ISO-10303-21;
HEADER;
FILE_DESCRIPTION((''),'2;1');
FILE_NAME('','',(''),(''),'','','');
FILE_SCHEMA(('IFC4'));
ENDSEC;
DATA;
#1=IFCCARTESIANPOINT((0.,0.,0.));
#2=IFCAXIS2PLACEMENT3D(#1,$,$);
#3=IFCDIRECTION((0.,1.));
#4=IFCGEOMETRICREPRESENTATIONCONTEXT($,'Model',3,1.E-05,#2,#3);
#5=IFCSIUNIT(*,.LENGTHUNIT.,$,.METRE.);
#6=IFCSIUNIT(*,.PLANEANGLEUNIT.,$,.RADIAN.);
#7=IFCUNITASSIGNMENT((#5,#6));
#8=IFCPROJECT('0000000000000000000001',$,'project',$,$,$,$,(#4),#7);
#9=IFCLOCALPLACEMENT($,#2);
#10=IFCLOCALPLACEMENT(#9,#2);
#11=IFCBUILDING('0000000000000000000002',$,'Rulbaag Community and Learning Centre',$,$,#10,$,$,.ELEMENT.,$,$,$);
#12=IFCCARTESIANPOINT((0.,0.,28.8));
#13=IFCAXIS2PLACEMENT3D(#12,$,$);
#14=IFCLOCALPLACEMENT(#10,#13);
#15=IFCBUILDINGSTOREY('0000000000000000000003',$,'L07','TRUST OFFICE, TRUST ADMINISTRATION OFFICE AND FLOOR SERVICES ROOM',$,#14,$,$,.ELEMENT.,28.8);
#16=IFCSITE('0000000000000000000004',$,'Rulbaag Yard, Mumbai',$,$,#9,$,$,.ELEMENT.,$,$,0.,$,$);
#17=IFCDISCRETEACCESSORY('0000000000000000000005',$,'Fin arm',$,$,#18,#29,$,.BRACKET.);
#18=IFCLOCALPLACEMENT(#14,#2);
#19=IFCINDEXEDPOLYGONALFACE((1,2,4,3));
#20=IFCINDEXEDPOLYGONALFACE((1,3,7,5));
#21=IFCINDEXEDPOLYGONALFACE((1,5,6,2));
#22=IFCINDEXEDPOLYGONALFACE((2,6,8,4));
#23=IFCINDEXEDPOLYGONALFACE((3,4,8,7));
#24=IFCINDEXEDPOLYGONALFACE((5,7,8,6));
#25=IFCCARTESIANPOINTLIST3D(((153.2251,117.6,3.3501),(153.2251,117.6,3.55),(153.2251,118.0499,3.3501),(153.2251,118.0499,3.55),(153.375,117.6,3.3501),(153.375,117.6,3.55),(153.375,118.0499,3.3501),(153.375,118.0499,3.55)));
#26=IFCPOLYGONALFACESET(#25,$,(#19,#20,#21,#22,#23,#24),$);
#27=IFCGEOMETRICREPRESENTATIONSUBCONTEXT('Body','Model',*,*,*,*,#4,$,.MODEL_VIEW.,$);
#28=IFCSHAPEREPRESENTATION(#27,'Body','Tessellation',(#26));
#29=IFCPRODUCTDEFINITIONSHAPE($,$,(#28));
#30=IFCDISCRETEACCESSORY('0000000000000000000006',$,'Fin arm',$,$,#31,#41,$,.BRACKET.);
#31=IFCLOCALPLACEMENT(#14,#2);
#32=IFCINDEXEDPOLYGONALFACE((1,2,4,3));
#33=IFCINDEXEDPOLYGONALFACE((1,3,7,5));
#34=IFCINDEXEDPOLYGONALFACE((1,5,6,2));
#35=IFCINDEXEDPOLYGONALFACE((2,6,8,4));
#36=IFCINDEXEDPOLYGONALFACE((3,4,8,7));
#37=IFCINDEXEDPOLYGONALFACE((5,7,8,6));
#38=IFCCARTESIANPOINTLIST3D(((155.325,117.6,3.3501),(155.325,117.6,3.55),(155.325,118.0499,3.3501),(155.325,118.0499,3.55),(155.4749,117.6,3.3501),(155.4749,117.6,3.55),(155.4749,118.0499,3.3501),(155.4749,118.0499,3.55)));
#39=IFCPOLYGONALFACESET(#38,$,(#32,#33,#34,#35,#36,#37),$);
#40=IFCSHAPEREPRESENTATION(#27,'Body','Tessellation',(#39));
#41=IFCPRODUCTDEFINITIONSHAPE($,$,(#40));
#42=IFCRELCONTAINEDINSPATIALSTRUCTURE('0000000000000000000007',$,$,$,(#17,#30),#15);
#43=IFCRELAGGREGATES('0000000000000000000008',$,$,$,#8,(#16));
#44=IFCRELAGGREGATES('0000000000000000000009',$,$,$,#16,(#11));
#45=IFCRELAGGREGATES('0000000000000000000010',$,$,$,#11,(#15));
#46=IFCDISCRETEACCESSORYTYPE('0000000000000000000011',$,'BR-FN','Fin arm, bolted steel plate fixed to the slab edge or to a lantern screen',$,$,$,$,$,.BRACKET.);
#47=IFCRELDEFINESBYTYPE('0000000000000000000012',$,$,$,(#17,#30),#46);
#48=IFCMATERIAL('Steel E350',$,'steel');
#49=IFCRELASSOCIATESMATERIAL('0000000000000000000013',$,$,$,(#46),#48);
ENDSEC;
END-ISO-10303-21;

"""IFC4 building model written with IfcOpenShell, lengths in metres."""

from ifc_helpers import new_model, si_unit, direction, frame, origin, origin_2d, place, context, subcontext, project, spatial, rectangle, extrude, material, type_object, element, save


model = new_model("IFC4")

# Units and contexts
model_context = context("Model", 3, precision=1e-05, world=origin(), true_north=direction((0.0, 1.0)))
body_context = subcontext(model_context, "Body", "Model", "MODEL_VIEW")
ifc_project = project(units=[si_unit("LENGTHUNIT", "METRE"), si_unit("PLANEANGLEUNIT", "RADIAN")], contexts=[model_context])

# Site, building, storey
site_placement = place(None, origin())
site = spatial("IfcSite", under=ifc_project, at=site_placement, Name="Rulbaag Yard, Mumbai", CompositionType="ELEMENT", RefElevation=0.0)
building_placement = place(site_placement, origin())
building = spatial("IfcBuilding", under=site, at=building_placement, Name="Rulbaag Community and Learning Centre", CompositionType="ELEMENT")
storey_placement = place(building_placement, frame((0.0, 0.0, 28.8)))
storey = spatial("IfcBuildingStorey", under=building, at=storey_placement, Name="L07", Description="TRUST OFFICE, TRUST ADMINISTRATION OFFICE AND FLOOR SERVICES ROOM", CompositionType="ELEMENT", Elevation=28.8)

# Discrete accessories
ifc_material_1 = material(Name="Steel E350", Category="steel")
discrete_accessory_type = type_object("IfcDiscreteAccessoryType", Name="BR-FN", Description="Fin arm, bolted steel plate fixed to the slab edge or to a lantern screen", PredefinedType="BRACKET", material=ifc_material_1)
for number, where, z_axis, x_axis, name in (
    (1, (153.3, 117.825, 3.3501), (0.0, 0.0, 1.0), (1.0, 0.0, 0.0), "Fin arm"),
    (2, (155.3999, 117.825, 3.3501), (0.0, 0.0, 1.0), (1.0, 0.0, 0.0), "Fin arm"),
):
    element("IfcDiscreteAccessory", number, at=place(storey_placement, frame(where, z_axis=z_axis, x_axis=x_axis)), inside=storey, type_object=discrete_accessory_type, Name=name, PredefinedType="BRACKET", context=body_context, shape_type="SweptSolid", body=[
        extrude(rectangle(XDim=0.1499, YDim=0.45, at=origin_2d()), origin(), (0.0, 0.0, 1.0), 0.2),
    ])

save(model, "model.ifc")
